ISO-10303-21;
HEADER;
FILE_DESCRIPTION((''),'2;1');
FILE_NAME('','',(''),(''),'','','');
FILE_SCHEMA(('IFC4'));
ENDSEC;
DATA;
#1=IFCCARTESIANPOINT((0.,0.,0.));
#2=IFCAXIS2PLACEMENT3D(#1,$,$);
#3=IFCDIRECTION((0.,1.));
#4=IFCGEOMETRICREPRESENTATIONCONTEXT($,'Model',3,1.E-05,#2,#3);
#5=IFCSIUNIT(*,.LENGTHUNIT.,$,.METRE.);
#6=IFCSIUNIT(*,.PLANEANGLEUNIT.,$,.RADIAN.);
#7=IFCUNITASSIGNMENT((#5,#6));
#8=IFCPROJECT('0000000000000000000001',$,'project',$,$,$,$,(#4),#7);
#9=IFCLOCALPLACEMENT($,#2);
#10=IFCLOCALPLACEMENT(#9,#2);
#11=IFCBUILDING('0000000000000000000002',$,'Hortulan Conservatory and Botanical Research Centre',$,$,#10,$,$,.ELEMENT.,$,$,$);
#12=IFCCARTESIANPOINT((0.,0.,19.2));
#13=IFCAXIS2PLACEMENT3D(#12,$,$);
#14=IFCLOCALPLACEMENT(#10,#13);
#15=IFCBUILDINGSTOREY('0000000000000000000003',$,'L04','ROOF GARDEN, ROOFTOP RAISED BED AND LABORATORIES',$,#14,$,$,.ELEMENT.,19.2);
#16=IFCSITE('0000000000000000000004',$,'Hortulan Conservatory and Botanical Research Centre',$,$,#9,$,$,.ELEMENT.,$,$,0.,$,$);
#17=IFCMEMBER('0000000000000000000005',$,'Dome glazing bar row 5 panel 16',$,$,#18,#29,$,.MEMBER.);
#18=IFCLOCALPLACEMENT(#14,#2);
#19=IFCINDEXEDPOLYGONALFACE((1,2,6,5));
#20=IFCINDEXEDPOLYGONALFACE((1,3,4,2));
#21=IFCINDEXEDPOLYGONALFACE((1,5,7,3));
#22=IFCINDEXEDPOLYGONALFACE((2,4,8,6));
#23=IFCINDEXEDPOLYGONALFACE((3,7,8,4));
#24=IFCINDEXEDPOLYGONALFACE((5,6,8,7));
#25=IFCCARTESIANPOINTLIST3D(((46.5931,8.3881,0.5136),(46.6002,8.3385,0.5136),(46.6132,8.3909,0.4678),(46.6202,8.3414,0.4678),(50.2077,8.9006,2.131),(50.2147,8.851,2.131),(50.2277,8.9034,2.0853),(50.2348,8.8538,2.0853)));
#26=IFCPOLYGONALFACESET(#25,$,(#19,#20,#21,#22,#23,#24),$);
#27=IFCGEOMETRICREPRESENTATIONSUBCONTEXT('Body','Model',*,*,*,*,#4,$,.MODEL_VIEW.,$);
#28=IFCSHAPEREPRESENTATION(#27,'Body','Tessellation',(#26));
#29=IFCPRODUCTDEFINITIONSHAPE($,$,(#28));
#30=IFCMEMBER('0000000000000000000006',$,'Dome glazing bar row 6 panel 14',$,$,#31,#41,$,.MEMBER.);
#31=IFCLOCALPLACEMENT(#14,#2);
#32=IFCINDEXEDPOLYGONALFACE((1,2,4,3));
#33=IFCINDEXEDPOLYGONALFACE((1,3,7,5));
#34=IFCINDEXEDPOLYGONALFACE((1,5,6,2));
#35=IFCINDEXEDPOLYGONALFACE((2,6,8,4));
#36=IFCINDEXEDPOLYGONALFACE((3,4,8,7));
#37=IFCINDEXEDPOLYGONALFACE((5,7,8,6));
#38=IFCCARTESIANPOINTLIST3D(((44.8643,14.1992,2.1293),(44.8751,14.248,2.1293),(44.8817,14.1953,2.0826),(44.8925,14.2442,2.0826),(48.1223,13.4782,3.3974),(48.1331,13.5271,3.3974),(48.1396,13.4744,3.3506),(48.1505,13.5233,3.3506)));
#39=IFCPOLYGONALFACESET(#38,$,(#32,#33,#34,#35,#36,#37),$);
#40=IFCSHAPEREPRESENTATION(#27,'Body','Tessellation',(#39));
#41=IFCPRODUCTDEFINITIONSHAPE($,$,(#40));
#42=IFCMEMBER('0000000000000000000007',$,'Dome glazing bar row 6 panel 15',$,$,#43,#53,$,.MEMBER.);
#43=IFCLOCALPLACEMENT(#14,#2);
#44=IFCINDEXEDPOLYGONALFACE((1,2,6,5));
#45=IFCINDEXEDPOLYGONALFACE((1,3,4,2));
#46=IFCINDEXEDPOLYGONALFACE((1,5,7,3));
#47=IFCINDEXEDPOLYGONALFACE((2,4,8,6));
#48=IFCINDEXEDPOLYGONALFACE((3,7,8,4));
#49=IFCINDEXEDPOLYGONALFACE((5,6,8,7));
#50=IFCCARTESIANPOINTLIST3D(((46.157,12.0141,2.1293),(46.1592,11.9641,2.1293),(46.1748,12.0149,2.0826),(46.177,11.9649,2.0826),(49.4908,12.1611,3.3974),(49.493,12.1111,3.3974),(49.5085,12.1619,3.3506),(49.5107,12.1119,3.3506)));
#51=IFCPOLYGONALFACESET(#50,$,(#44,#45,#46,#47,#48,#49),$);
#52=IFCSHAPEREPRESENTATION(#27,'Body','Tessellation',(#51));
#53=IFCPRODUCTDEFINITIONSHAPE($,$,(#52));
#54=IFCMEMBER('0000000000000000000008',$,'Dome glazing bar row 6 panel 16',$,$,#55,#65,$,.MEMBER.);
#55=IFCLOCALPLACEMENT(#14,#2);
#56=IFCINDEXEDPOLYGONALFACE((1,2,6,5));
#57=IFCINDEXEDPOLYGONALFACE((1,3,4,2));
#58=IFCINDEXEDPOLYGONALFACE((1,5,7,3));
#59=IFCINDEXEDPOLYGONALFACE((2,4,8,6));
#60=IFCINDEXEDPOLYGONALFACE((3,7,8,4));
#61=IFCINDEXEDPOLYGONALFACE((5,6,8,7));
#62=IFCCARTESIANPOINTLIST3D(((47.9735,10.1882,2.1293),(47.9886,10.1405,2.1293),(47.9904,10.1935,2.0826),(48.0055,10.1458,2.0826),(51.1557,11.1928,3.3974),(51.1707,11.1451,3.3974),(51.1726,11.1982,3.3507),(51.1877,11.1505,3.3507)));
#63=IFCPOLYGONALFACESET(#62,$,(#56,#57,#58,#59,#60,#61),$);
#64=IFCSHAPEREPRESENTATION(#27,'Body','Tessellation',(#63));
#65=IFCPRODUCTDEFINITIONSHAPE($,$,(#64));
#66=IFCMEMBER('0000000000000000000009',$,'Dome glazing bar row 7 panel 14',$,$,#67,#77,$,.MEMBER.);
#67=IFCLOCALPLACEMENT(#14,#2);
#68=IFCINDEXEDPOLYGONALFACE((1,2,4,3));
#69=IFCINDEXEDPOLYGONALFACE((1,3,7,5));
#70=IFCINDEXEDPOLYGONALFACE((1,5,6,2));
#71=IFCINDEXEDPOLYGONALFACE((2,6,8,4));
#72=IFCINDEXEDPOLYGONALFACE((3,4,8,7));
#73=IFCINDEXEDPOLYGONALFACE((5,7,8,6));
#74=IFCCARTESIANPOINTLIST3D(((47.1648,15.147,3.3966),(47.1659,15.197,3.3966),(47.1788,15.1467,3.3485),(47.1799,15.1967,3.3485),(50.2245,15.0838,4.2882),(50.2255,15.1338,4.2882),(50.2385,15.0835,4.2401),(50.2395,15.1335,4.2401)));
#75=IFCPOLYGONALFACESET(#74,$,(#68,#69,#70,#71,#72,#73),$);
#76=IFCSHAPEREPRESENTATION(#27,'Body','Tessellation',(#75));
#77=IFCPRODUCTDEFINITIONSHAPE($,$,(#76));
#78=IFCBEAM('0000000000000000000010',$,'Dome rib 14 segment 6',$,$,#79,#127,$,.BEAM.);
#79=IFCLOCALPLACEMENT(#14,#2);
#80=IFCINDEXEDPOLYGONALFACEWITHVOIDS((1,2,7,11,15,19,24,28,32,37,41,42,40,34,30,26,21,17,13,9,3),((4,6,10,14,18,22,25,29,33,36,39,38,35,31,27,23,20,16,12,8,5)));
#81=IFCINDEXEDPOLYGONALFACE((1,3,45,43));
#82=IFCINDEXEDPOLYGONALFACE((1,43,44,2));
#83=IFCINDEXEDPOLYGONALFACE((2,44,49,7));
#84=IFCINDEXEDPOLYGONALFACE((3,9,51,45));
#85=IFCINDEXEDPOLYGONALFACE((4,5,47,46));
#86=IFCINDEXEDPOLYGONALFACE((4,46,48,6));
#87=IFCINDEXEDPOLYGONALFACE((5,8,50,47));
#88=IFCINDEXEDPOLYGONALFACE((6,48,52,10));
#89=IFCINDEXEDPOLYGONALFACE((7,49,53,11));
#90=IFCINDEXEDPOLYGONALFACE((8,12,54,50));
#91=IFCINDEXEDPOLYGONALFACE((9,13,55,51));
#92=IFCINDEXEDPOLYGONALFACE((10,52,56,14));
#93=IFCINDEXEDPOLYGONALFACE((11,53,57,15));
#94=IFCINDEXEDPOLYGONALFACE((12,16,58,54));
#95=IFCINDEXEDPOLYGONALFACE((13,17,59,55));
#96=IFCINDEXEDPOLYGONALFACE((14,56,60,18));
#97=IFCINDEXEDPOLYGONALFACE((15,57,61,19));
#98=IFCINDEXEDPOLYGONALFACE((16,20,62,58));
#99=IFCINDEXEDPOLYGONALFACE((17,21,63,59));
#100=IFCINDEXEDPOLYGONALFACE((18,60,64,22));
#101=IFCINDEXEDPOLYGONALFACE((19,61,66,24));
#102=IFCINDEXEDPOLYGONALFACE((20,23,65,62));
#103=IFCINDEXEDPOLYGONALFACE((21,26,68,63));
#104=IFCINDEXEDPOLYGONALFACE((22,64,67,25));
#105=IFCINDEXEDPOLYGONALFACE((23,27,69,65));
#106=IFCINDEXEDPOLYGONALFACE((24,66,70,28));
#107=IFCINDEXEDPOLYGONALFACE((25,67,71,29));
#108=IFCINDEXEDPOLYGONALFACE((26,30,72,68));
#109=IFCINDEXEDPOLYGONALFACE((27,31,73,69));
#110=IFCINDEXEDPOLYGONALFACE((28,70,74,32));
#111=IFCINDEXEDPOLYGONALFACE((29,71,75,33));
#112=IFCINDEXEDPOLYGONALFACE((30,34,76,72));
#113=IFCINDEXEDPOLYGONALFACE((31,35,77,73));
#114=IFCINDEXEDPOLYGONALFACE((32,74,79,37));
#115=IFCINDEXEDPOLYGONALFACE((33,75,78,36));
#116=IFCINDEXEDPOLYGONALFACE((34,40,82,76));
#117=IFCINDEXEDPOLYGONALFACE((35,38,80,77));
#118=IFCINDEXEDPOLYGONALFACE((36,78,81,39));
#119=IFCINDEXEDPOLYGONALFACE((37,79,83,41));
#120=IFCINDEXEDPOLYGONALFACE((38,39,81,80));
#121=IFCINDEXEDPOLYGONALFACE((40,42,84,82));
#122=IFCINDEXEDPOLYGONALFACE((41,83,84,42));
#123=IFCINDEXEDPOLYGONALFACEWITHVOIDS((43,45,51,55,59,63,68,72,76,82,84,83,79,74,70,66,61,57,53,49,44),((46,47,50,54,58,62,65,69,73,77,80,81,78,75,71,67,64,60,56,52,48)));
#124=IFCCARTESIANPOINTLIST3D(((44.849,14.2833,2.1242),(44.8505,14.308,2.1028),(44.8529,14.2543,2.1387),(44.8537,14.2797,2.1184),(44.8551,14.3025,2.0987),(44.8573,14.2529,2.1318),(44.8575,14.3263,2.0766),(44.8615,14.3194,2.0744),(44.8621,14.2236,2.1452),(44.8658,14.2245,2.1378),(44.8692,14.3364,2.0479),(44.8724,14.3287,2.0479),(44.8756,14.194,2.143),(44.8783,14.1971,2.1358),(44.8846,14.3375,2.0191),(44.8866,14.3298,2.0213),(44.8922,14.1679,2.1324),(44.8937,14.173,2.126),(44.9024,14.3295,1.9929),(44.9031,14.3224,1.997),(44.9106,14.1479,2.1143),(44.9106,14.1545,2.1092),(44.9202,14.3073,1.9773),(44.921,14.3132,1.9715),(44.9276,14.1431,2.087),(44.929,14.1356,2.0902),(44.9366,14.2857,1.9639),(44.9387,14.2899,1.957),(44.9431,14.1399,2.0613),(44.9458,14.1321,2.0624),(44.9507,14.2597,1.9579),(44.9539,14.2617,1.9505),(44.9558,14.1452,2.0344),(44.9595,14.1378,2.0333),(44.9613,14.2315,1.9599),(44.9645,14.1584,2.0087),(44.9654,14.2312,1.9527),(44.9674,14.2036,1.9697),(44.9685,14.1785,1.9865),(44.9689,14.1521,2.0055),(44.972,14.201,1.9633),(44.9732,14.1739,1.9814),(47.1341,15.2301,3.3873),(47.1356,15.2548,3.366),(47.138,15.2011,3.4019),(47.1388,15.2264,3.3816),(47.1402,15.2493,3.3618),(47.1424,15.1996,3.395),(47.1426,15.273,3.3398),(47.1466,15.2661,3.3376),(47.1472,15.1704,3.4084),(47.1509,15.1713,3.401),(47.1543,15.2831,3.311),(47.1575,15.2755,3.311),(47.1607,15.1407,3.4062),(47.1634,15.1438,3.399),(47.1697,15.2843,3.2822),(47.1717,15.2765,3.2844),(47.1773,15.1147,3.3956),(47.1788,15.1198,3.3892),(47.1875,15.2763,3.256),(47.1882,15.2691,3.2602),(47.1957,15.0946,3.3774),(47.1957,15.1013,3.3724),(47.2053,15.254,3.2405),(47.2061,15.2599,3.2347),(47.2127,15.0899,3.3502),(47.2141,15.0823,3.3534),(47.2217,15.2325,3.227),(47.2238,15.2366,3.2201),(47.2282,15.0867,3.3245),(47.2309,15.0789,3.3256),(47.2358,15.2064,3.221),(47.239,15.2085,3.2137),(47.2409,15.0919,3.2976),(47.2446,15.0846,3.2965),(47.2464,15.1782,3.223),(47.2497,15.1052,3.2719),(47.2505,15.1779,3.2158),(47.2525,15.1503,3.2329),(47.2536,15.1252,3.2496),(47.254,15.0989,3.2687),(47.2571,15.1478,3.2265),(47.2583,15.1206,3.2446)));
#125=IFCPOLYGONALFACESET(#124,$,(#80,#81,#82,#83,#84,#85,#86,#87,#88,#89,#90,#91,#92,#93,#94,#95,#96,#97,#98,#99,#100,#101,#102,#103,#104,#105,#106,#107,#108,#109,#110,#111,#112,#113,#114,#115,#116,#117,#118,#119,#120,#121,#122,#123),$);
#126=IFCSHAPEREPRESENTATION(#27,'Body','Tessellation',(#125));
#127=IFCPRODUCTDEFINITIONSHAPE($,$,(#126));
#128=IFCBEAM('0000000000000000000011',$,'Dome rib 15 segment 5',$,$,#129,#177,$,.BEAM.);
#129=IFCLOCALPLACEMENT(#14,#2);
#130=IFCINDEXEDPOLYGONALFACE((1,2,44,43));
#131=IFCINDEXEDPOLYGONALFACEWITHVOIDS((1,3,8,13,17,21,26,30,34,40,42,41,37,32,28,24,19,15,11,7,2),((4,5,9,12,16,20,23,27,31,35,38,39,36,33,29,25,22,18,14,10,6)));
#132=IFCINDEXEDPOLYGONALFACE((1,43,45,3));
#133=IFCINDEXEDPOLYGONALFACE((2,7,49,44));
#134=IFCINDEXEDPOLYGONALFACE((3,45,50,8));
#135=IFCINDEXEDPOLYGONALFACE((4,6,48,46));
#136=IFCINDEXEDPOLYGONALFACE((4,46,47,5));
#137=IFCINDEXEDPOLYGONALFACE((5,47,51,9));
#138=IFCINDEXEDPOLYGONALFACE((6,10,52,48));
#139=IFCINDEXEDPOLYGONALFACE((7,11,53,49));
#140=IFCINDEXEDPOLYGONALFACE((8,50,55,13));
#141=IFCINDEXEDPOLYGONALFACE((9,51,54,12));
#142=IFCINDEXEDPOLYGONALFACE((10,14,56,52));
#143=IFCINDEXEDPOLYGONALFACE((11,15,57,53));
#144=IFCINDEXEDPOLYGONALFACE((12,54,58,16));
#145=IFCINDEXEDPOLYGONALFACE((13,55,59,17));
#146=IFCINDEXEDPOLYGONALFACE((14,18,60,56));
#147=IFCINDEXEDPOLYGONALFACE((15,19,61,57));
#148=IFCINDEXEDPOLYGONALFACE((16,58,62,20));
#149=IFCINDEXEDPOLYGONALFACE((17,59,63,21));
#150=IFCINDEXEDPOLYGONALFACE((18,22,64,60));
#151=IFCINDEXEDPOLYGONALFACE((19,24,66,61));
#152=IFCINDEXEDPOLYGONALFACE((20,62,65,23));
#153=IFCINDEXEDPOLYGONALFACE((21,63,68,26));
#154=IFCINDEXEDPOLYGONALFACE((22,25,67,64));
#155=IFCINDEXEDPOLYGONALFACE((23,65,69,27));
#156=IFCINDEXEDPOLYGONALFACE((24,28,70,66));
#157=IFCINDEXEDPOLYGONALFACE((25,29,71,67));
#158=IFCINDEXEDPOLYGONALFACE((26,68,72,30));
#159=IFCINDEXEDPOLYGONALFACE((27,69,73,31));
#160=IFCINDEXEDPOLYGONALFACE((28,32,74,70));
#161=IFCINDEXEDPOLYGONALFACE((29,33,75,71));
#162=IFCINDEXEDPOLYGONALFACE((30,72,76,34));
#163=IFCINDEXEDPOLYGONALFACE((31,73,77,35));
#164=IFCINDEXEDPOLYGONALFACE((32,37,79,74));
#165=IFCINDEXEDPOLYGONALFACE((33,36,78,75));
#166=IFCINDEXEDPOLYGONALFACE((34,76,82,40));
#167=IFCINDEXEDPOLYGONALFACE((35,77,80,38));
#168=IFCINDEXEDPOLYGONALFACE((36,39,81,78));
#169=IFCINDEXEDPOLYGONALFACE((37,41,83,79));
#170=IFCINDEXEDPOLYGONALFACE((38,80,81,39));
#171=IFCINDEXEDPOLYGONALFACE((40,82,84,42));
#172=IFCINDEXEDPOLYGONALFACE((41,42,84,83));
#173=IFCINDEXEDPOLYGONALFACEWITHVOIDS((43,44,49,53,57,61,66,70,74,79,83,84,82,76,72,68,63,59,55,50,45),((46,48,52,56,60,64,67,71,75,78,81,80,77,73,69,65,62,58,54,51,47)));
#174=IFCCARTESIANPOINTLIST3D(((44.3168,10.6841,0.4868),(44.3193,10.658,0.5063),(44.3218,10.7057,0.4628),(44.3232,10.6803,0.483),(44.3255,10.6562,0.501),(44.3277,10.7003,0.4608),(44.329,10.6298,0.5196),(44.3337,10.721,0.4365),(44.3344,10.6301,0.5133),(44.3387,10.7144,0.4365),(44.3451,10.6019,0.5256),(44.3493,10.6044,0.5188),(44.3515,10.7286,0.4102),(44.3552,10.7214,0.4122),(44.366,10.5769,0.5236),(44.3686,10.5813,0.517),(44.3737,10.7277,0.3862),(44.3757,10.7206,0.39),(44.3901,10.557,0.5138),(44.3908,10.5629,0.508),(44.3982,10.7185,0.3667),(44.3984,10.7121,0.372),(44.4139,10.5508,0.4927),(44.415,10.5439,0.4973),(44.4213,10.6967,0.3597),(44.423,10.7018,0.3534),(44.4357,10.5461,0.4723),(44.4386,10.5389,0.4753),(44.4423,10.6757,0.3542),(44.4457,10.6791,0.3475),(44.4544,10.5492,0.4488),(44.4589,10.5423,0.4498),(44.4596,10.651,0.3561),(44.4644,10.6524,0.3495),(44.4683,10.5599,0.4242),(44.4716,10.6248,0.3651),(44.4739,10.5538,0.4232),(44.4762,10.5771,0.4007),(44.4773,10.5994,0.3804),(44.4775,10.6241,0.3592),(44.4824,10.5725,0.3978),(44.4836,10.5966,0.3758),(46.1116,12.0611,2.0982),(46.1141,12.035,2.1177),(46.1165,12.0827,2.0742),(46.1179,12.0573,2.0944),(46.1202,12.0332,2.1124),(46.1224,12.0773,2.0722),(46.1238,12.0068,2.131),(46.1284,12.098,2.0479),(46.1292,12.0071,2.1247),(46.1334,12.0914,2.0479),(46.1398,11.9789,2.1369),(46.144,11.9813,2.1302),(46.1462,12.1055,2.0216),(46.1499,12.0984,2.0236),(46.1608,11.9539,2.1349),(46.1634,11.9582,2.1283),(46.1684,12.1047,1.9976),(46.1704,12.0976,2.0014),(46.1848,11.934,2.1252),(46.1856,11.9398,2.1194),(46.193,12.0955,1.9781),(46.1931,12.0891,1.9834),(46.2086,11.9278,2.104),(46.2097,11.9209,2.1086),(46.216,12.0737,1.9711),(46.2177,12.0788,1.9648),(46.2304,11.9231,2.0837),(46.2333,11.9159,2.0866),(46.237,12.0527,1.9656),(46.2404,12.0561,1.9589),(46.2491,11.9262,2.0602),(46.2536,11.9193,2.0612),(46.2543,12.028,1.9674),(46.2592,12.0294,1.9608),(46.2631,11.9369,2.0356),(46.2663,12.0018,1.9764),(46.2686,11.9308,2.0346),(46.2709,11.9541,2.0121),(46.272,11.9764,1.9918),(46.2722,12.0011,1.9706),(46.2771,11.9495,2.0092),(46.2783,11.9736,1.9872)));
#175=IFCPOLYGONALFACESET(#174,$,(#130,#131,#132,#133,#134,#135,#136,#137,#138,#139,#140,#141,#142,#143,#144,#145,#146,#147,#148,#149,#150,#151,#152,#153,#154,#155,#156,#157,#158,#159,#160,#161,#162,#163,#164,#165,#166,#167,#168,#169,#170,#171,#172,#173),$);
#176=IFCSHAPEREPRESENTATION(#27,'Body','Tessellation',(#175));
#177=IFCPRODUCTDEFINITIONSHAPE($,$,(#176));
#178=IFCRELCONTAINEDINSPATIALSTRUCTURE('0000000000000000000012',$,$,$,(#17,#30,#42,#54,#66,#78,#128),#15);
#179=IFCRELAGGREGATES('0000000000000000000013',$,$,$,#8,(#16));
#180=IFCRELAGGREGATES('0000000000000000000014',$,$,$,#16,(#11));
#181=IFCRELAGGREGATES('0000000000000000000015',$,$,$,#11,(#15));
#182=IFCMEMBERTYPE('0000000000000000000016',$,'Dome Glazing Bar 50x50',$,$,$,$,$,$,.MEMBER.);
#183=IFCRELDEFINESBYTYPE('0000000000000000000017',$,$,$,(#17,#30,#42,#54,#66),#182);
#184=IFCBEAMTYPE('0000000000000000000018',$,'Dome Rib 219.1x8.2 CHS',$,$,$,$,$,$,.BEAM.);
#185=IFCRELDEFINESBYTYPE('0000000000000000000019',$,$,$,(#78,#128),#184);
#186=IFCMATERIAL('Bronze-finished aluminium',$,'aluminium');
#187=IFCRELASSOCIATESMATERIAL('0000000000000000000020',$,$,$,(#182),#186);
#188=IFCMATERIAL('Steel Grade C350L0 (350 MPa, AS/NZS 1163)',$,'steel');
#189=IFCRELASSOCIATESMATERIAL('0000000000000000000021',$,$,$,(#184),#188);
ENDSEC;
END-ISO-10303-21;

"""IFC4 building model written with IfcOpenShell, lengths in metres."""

from ifc_helpers import new_model, si_unit, direction, frame, origin, origin_2d, place, context, subcontext, project, spatial, rectangle, hollow_circle, extrude, material, material_profile, profile_set, type_object, element, save


model = new_model("IFC4")

# Units and contexts
model_context = context("Model", 3, precision=1e-05, world=origin(), true_north=direction((0.0, 1.0)))
body_context = subcontext(model_context, "Body", "Model", "MODEL_VIEW")
ifc_project = project(units=[si_unit("LENGTHUNIT", "METRE"), si_unit("PLANEANGLEUNIT", "RADIAN")], contexts=[model_context])

# Site, building, storey
site_placement = place(None, origin())
site = spatial("IfcSite", under=ifc_project, at=site_placement, Name="Hortulan Conservatory and Botanical Research Centre", CompositionType="ELEMENT", RefElevation=0.0)
building_placement = place(site_placement, origin())
building = spatial("IfcBuilding", under=site, at=building_placement, Name="Hortulan Conservatory and Botanical Research Centre", CompositionType="ELEMENT")
storey_placement = place(building_placement, frame((0.0, 0.0, 19.2)))
storey = spatial("IfcBuildingStorey", under=building, at=storey_placement, Name="L04", Description="ROOF GARDEN, ROOFTOP RAISED BED AND LABORATORIES", CompositionType="ELEMENT", Elevation=19.2)

# Members
ifc_material_1 = material(Name="Bronze-finished aluminium", Category="aluminium")
ifc_material_profile_1 = material_profile(ifc_material_1, rectangle(XDim=0.05, YDim=0.05, at=origin_2d()), Name="Square bar 50x50")
ifc_profile_set_1 = profile_set([ifc_material_profile_1], Name="Bronze-finished aluminium")
member_type_1 = type_object("IfcMemberType", Name="Dome Glazing Bar 50x50", PredefinedType="MEMBER", material=ifc_profile_set_1)
for number, where, z_axis, x_axis, name in (
    (1, (46.6067, 8.3647, 0.4907), (0.90523, 0.12834, 0.405076), (-0.140373, 0.990099, 0.0), "Dome glazing bar row 5 panel 16"),
):
    element("IfcMember", number, at=place(storey_placement, frame(where, z_axis=z_axis, x_axis=x_axis)), inside=storey, type_object=member_type_1, Name=name, PredefinedType="MEMBER", context=body_context, shape_type="SweptSolid", body=[
        extrude(rectangle(XDim=0.05, YDim=0.05, at=origin_2d()), origin(), (0.0, 0.0, 1.0), 3.9929),
    ])
member_1_placement = place(storey_placement, frame((44.8784, 14.2217, 2.106), z_axis=(0.9127, -0.201964, 0.355231), x_axis=(0.216055, 0.976381, 0.0)))
element("IfcMember", 2, at=member_1_placement, inside=storey, type_object=member_type_1, Name="Dome glazing bar row 6 panel 14", PredefinedType="MEMBER", context=body_context, shape_type="SweptSolid", body=[
    extrude(rectangle(XDim=0.05, YDim=0.05, at=origin_2d()), origin(), (0.0, 0.0, 1.0), 3.5696),
])
for number, where, z_axis, x_axis, name in (
    (3, (46.167, 11.9895, 2.106), (0.933875, 0.041171, 0.355221), (-0.044044, 0.99903, 0.0), "Dome glazing bar row 6 panel 15"),
    (4, (47.9895, 10.167, 2.106), (0.891411, 0.28143, 0.355224), (-0.301065, 0.953604, 0.0), "Dome glazing bar row 6 panel 16"),
):
    element("IfcMember", number, at=place(storey_placement, frame(where, z_axis=z_axis, x_axis=x_axis)), inside=storey, type_object=member_type_1, Name=name, PredefinedType="MEMBER", context=body_context, shape_type="SweptSolid", body=[
        extrude(rectangle(XDim=0.05, YDim=0.05, at=origin_2d()), origin(), (0.0, 0.0, 1.0), 3.5698),
    ])
member_2_placement = place(storey_placement, frame((47.1724, 15.1719, 3.3726), z_axis=(0.959876, -0.019838, 0.279721), x_axis=(0.020663, 0.999787, 0.0)))
element("IfcMember", 5, at=member_2_placement, inside=storey, type_object=member_type_1, Name="Dome glazing bar row 7 panel 14", PredefinedType="MEMBER", context=body_context, shape_type="SweptSolid", body=[
    extrude(rectangle(XDim=0.05, YDim=0.05, at=origin_2d()), origin(), (0.0, 0.0, 1.0), 3.1875),
])

# Beams
ifc_material_2 = material(Name="Steel Grade C350L0 (350 MPa, AS/NZS 1163)", Category="steel")
ifc_material_profile_2 = material_profile(ifc_material_2, hollow_circle(Radius=0.1096, WallThickness=0.0083, at=origin_2d()), Name="219.1x8.2CHS")
ifc_profile_set_2 = profile_set([ifc_material_profile_2], Name="Steel Grade C350L0 (350 MPa, AS/NZS 1163)")
beam_type = type_object("IfcBeamType", Name="Dome Rib 219.1x8.2 CHS", PredefinedType="BEAM", material=ifc_profile_set_2)
for number, where, z_axis, x_axis, name in (
    (6, (44.9111, 14.2351, 2.0479), (0.822768, 0.340886, 0.454808), (-0.382764, 0.923846, 0.0), "Dome rib 14 segment 6"),
    (7, (44.4004, 10.634, 0.4365), (0.646201, 0.495793, 0.580184), (-0.608719, 0.793386, 0.0), "Dome rib 15 segment 5"),
):
    element("IfcBeam", number, at=place(storey_placement, frame(where, z_axis=z_axis, x_axis=x_axis)), inside=storey, type_object=beam_type, Name=name, PredefinedType="BEAM", context=body_context, shape_type="SweptSolid", body=[
        extrude(hollow_circle(Radius=0.1096, WallThickness=0.0083, at=origin_2d()), origin(), (0.0, 0.0, 1.0), 2.7773),
    ])

save(model, "model.ifc")
